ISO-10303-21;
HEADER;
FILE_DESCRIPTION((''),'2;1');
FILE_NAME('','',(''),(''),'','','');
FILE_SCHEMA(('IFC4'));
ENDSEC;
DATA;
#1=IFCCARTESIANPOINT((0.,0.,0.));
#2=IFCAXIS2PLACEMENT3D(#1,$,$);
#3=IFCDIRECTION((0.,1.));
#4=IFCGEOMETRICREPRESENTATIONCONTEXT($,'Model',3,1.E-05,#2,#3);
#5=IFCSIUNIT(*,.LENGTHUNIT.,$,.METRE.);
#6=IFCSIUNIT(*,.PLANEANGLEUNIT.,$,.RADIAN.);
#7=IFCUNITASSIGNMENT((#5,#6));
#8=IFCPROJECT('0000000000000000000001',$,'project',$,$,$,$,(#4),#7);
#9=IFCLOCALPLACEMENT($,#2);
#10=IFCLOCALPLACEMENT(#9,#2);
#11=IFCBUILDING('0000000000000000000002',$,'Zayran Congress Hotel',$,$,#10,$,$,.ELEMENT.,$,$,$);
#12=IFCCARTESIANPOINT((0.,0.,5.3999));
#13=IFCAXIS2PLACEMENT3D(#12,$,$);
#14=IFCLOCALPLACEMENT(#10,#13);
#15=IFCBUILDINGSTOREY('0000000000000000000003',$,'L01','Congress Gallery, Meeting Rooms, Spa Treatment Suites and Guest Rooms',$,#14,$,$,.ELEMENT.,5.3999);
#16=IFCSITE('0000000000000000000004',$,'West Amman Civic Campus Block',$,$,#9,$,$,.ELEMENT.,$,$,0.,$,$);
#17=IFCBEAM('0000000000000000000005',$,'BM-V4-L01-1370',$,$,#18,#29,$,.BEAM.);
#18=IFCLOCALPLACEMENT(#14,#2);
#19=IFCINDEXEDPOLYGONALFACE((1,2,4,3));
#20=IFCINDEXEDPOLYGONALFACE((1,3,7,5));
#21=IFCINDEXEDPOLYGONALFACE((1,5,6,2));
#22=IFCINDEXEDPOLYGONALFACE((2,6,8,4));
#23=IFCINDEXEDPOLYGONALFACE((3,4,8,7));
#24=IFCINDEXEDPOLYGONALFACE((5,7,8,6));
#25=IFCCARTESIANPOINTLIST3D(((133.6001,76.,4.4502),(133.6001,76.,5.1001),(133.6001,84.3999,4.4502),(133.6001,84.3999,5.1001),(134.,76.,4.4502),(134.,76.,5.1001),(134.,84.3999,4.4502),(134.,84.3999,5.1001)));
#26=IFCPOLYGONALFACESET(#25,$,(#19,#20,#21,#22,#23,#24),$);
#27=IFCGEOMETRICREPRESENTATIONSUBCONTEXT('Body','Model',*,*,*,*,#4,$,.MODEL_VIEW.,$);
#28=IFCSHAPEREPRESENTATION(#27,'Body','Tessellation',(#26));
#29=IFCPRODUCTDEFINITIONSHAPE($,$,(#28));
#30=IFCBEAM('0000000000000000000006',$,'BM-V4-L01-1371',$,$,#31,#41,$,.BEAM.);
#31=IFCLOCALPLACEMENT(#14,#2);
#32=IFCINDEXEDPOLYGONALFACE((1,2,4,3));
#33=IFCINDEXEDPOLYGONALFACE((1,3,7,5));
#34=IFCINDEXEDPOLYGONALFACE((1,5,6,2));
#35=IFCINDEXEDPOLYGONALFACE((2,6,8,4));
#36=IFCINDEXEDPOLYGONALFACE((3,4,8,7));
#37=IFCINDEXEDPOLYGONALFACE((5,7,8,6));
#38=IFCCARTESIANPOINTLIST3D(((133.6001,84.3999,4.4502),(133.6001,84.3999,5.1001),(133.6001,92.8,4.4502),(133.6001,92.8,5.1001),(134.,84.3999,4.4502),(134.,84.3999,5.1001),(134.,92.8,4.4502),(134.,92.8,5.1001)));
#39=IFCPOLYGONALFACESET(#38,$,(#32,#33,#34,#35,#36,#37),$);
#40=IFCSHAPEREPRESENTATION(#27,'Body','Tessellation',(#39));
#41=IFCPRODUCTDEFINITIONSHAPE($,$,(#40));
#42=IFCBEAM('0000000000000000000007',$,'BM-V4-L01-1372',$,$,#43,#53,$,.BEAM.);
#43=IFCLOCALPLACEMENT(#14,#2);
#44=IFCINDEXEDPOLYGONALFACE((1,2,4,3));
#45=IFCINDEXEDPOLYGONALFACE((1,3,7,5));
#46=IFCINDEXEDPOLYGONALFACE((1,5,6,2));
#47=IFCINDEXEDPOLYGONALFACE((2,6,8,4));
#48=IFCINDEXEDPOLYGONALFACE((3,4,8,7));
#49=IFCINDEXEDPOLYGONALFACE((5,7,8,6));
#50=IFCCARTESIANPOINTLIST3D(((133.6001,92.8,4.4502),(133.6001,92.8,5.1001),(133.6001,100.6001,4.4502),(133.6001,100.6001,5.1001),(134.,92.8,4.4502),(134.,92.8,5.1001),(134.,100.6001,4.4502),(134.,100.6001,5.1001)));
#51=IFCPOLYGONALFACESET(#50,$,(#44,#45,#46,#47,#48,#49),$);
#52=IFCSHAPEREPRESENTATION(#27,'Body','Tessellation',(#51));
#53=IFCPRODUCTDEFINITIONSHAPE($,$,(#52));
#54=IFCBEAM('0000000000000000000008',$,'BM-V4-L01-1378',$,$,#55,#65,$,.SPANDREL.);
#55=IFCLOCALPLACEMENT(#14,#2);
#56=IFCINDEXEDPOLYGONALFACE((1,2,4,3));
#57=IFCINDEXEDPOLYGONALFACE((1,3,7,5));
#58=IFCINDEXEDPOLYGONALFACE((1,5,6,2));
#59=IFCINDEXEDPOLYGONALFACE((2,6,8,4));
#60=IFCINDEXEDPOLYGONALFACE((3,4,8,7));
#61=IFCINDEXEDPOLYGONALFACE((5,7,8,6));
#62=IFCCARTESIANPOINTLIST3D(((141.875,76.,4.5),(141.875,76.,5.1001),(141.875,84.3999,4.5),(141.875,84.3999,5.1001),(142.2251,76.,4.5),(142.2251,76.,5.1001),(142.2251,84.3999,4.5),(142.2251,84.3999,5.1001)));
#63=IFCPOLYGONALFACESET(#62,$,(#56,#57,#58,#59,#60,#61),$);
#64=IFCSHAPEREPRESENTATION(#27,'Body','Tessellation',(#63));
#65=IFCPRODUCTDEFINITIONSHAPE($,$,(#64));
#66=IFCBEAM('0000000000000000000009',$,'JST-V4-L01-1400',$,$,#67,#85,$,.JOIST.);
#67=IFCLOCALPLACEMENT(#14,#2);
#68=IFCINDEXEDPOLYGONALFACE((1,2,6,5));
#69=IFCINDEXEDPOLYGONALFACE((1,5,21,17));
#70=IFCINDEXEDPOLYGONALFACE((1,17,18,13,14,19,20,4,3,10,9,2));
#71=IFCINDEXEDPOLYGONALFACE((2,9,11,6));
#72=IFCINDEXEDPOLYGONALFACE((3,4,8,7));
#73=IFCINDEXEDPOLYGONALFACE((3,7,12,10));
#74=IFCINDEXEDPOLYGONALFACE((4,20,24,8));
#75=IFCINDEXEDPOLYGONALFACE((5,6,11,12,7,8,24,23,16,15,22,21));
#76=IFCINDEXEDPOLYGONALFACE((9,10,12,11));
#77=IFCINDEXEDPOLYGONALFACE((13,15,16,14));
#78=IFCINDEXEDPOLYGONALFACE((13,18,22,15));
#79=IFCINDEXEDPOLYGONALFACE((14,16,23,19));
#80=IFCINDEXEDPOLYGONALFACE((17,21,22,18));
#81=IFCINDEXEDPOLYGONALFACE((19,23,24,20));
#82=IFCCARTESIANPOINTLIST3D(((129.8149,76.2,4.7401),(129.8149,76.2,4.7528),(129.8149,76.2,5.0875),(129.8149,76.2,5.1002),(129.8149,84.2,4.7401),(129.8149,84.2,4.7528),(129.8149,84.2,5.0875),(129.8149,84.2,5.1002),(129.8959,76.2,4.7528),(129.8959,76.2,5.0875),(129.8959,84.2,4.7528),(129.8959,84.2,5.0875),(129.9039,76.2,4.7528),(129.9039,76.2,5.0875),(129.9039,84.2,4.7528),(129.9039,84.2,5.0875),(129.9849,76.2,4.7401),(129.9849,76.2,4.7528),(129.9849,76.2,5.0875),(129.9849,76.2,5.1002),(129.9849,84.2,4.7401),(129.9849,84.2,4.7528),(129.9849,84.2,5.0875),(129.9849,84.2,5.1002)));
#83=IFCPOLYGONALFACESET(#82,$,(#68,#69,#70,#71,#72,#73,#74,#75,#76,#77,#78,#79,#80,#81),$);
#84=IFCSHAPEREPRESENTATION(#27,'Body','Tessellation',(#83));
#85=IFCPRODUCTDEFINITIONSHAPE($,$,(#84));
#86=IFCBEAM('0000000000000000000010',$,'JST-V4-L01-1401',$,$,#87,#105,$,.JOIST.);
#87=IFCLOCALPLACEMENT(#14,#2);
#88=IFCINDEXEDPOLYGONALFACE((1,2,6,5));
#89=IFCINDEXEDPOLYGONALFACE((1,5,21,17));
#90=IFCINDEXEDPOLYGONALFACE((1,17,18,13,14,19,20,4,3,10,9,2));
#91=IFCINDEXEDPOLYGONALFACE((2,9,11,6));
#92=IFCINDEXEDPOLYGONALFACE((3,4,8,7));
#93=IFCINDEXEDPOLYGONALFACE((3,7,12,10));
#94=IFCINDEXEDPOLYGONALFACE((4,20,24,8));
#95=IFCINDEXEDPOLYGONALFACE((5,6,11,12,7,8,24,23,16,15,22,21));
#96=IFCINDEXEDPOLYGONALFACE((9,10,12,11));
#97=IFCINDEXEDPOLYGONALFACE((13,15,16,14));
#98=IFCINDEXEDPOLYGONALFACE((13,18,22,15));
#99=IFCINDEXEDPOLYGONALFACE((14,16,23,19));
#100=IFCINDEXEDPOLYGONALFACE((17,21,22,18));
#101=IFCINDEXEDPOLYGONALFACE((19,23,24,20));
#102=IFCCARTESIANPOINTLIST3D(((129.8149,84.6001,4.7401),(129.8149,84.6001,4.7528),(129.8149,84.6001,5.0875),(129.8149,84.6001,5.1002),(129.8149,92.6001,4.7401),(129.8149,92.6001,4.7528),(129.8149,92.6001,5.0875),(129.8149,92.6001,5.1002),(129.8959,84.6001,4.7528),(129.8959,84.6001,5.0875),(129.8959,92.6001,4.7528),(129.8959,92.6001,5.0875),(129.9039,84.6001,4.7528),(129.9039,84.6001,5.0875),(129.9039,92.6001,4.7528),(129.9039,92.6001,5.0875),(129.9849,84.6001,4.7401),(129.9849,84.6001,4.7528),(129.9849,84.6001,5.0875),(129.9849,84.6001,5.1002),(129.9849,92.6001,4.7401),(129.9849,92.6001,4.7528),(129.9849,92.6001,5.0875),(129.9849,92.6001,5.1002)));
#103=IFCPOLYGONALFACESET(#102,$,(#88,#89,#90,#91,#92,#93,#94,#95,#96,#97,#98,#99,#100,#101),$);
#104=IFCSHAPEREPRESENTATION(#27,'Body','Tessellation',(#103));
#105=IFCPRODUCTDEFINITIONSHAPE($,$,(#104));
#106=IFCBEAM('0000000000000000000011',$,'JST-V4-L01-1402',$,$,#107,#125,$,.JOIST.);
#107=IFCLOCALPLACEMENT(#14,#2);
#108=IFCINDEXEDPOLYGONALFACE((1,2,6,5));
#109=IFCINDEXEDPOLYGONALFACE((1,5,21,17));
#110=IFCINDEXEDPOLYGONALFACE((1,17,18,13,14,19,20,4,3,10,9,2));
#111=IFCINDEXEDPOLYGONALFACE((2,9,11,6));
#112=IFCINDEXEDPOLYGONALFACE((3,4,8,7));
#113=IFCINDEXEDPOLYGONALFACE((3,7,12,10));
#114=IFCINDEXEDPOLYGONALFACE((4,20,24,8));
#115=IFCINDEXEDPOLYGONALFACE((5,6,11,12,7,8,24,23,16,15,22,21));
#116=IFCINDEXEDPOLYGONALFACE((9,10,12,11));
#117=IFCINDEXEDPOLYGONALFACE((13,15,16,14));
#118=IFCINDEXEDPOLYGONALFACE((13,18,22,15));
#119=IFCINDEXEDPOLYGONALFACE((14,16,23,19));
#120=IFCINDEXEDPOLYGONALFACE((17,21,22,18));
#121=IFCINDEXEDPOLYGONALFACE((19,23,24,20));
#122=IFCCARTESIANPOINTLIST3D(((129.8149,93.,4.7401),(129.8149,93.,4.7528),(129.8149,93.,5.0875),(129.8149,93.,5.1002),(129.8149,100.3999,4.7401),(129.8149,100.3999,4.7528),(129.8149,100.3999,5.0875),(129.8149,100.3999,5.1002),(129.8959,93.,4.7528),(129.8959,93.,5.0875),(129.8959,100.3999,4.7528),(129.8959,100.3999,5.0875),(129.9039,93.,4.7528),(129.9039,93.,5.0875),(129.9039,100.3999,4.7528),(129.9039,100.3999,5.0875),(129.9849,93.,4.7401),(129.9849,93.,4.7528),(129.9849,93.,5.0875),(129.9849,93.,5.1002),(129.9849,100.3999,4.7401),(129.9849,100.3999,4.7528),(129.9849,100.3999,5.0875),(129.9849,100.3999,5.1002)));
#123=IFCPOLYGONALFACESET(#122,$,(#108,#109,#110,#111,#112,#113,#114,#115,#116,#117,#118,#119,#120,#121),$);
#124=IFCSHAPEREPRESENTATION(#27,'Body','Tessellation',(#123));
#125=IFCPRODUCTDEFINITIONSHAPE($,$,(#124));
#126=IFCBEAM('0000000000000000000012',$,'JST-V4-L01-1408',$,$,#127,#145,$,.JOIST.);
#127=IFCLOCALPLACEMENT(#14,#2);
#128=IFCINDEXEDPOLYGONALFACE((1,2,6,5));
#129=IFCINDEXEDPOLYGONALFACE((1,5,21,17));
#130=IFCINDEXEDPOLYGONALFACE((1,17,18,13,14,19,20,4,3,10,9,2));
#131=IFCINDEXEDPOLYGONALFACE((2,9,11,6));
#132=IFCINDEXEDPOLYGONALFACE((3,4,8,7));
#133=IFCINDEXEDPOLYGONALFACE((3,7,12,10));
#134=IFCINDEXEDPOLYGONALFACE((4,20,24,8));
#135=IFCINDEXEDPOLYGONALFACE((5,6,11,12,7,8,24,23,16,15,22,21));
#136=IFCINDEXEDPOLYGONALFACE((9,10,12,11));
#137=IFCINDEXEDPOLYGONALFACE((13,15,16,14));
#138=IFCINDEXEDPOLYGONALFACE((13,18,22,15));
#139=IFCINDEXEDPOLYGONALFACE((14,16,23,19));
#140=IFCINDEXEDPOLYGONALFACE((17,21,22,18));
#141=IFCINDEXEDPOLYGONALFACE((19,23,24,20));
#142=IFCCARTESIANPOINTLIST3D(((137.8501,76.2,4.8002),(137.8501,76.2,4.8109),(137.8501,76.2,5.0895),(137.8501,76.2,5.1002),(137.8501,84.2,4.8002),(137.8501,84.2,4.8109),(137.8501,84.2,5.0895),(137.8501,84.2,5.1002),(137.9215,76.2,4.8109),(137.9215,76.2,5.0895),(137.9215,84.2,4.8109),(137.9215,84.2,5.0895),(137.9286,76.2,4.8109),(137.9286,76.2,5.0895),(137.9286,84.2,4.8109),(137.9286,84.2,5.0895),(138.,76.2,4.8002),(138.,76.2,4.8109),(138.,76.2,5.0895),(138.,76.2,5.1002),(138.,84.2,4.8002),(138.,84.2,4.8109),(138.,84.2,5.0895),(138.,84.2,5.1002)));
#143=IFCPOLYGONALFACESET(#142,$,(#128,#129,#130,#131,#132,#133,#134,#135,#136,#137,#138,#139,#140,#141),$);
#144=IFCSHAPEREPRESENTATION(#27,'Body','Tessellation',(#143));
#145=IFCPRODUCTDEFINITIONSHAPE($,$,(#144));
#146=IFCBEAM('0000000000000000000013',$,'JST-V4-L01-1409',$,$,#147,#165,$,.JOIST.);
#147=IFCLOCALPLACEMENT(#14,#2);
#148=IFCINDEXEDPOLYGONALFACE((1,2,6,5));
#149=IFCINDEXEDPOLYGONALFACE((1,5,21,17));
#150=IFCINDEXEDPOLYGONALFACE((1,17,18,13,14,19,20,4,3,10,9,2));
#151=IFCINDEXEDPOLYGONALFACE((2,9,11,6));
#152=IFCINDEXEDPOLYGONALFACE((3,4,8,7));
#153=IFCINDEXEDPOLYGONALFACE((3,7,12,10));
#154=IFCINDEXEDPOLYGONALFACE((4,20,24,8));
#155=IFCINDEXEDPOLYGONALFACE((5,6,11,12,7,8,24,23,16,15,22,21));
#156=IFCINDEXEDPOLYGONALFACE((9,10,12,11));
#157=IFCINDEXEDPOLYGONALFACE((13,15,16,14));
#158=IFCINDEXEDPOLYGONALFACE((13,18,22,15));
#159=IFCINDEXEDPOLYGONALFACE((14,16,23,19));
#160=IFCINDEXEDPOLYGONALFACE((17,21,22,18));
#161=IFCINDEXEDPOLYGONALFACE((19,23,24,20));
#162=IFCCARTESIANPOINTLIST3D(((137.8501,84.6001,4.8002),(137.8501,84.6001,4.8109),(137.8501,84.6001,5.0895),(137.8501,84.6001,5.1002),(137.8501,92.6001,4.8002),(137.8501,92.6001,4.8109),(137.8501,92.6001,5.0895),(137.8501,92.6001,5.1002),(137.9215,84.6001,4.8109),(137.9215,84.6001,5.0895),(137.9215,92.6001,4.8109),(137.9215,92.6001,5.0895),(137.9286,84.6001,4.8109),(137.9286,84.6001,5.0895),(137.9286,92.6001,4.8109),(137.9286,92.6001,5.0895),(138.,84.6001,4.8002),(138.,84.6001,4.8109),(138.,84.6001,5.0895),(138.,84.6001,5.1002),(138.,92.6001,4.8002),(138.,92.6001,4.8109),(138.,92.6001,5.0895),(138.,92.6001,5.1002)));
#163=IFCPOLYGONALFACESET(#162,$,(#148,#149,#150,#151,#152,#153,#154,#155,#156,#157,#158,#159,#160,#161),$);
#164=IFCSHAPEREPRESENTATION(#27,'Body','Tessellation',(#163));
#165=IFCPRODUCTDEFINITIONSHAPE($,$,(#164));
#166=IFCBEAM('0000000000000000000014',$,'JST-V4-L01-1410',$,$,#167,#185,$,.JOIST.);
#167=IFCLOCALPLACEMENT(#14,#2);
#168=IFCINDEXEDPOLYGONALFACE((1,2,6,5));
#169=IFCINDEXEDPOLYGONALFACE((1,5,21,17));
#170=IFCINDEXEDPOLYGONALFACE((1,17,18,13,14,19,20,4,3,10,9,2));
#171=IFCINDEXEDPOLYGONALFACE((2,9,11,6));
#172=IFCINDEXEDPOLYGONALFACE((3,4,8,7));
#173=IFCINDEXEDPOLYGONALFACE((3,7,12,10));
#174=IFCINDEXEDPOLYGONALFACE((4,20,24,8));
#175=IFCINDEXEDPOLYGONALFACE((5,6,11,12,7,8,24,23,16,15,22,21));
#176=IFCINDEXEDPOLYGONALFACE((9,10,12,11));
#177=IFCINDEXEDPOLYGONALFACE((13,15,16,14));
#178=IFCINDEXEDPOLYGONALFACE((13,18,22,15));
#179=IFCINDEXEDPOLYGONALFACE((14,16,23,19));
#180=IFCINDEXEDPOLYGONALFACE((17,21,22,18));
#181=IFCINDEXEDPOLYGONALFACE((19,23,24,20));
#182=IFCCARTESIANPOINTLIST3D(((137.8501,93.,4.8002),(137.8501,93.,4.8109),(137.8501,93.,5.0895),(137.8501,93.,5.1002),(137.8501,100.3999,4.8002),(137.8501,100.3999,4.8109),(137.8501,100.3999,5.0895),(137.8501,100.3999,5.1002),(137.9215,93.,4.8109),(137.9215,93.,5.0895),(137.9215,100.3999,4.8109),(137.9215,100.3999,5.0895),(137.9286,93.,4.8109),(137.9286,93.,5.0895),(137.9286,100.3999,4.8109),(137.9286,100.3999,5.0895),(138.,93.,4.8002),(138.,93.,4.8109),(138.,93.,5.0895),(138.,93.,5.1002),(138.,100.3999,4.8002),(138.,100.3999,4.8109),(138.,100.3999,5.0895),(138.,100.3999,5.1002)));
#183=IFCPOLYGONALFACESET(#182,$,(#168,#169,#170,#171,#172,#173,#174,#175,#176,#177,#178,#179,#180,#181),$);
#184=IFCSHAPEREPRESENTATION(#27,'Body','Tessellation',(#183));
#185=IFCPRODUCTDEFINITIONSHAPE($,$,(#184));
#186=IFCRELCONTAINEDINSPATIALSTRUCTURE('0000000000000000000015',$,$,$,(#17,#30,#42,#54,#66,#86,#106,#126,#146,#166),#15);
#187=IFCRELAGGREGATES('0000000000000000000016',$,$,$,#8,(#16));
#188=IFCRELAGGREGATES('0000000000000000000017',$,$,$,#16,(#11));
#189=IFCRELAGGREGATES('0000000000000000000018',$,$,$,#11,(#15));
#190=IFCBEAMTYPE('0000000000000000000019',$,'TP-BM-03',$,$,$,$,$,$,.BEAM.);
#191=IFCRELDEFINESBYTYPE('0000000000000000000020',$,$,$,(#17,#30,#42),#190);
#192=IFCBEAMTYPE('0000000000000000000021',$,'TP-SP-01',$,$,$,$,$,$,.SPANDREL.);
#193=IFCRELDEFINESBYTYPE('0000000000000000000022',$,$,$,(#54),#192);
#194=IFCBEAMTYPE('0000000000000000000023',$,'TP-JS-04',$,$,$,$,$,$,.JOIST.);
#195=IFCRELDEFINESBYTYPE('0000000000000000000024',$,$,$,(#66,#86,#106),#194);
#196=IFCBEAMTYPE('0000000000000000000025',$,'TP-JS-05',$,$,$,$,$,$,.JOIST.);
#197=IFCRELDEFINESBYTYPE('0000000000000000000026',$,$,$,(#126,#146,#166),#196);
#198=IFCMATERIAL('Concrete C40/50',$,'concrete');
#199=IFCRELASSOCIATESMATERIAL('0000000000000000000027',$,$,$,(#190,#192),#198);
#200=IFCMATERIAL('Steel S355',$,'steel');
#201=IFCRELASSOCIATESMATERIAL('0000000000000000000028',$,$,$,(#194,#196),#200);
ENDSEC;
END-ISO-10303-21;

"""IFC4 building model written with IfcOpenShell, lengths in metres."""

from ifc_helpers import new_model, si_unit, direction, frame, origin, origin_2d, place, context, subcontext, project, spatial, rectangle, i_section, extrude, material, material_profile, profile_set, type_object, element, save


model = new_model("IFC4")

# Units and contexts
model_context = context("Model", 3, precision=1e-05, world=origin(), true_north=direction((0.0, 1.0)))
body_context = subcontext(model_context, "Body", "Model", "MODEL_VIEW")
ifc_project = project(units=[si_unit("LENGTHUNIT", "METRE"), si_unit("PLANEANGLEUNIT", "RADIAN")], contexts=[model_context])

# Site, building, storey
site_placement = place(None, origin())
site = spatial("IfcSite", under=ifc_project, at=site_placement, Name="West Amman Civic Campus Block", CompositionType="ELEMENT", RefElevation=0.0)
building_placement = place(site_placement, origin())
building = spatial("IfcBuilding", under=site, at=building_placement, Name="Zayran Congress Hotel", CompositionType="ELEMENT")
storey_placement = place(building_placement, frame((0.0, 0.0, 5.3999)))
storey = spatial("IfcBuildingStorey", under=building, at=storey_placement, Name="L01", Description="Congress Gallery, Meeting Rooms, Spa Treatment Suites and Guest Rooms", CompositionType="ELEMENT", Elevation=5.3999)

# Shared definitions
ifc_material_1 = material(Name="Concrete C40/50", Category="concrete")

# Beams
ifc_material_profile_1 = material_profile(ifc_material_1, rectangle(XDim=0.3999, YDim=0.6499, at=origin_2d()), Name="RC 400x650")
ifc_profile_set_1 = profile_set([ifc_material_profile_1], Name="Concrete C40/50")
beam_type_1 = type_object("IfcBeamType", Name="TP-BM-03", PredefinedType="BEAM", material=ifc_profile_set_1)
beam_1_placement = place(storey_placement, frame((133.8, 76.0, 4.7751), z_axis=(0.0, 1.0, 0.0), x_axis=(-1.0, 0.0, 0.0)))
element("IfcBeam", 1, at=beam_1_placement, inside=storey, type_object=beam_type_1, Name="BM-V4-L01-1370", PredefinedType="BEAM", context=body_context, shape_type="SweptSolid", body=[
    extrude(rectangle(XDim=0.3999, YDim=0.6499, at=origin_2d()), origin(), (0.0, 0.0, 1.0), 8.3999),
])
beam_2_placement = place(storey_placement, frame((133.8, 84.3999, 4.7751), z_axis=(0.0, 1.0, 0.0), x_axis=(-1.0, 0.0, 0.0)))
element("IfcBeam", 2, at=beam_2_placement, inside=storey, type_object=beam_type_1, Name="BM-V4-L01-1371", PredefinedType="BEAM", context=body_context, shape_type="SweptSolid", body=[
    extrude(rectangle(XDim=0.3999, YDim=0.6499, at=origin_2d()), origin(), (0.0, 0.0, 1.0), 8.4001),
])
beam_3_placement = place(storey_placement, frame((133.8, 92.8, 4.7751), z_axis=(0.0, 1.0, 0.0), x_axis=(-1.0, 0.0, 0.0)))
element("IfcBeam", 3, at=beam_3_placement, inside=storey, type_object=beam_type_1, Name="BM-V4-L01-1372", PredefinedType="BEAM", context=body_context, shape_type="SweptSolid", body=[
    extrude(rectangle(XDim=0.3999, YDim=0.6499, at=origin_2d()), origin(), (0.0, 0.0, 1.0), 7.8),
])
ifc_material_profile_2 = material_profile(ifc_material_1, rectangle(XDim=0.3501, YDim=0.6001, at=origin_2d()), Name="RC 350x600")
ifc_profile_set_2 = profile_set([ifc_material_profile_2], Name="Concrete C40/50")
beam_type_2 = type_object("IfcBeamType", Name="TP-SP-01", PredefinedType="SPANDREL", material=ifc_profile_set_2)
beam_4_placement = place(storey_placement, frame((142.05, 76.0, 4.8), z_axis=(0.0, 1.0, 0.0), x_axis=(-1.0, 0.0, 0.0)))
element("IfcBeam", 4, at=beam_4_placement, inside=storey, type_object=beam_type_2, Name="BM-V4-L01-1378", PredefinedType="SPANDREL", context=body_context, shape_type="SweptSolid", body=[
    extrude(rectangle(XDim=0.3501, YDim=0.6001, at=origin_2d()), origin(), (0.0, 0.0, 1.0), 8.3999),
])
ifc_material_2 = material(Name="Steel S355", Category="steel")
ifc_material_profile_3 = material_profile(ifc_material_2, i_section(OverallWidth=0.1699, OverallDepth=0.3601, WebThickness=0.0081, FlangeThickness=0.0127, at=origin_2d()), Name="IPE 360")
ifc_profile_set_3 = profile_set([ifc_material_profile_3], Name="Steel S355")
beam_type_3 = type_object("IfcBeamType", Name="TP-JS-04", PredefinedType="JOIST", material=ifc_profile_set_3)
for number, where, z_axis, x_axis, name in (
    (5, (129.8999, 76.2, 4.9202), (0.0, 1.0, 0.0), (-1.0, 0.0, 0.0), "JST-V4-L01-1400"),
    (6, (129.8999, 84.6001, 4.9202), (0.0, 1.0, 0.0), (-1.0, 0.0, 0.0), "JST-V4-L01-1401"),
):
    element("IfcBeam", number, at=place(storey_placement, frame(where, z_axis=z_axis, x_axis=x_axis)), inside=storey, type_object=beam_type_3, Name=name, PredefinedType="JOIST", context=body_context, shape_type="SweptSolid", body=[
        extrude(i_section(OverallWidth=0.1699, OverallDepth=0.3601, WebThickness=0.0081, FlangeThickness=0.0127, at=origin_2d()), origin(), (0.0, 0.0, 1.0), 8.0),
    ])
beam_5_placement = place(storey_placement, frame((129.8999, 93.0, 4.9202), z_axis=(0.0, 1.0, 0.0), x_axis=(-1.0, 0.0, 0.0)))
element("IfcBeam", 7, at=beam_5_placement, inside=storey, type_object=beam_type_3, Name="JST-V4-L01-1402", PredefinedType="JOIST", context=body_context, shape_type="SweptSolid", body=[
    extrude(i_section(OverallWidth=0.1699, OverallDepth=0.3601, WebThickness=0.0081, FlangeThickness=0.0127, at=origin_2d()), origin(), (0.0, 0.0, 1.0), 7.3999),
])
ifc_material_profile_4 = material_profile(ifc_material_2, i_section(OverallWidth=0.1499, OverallDepth=0.3, WebThickness=0.0071, FlangeThickness=0.0107, at=origin_2d()), Name="IPE 300")
ifc_profile_set_4 = profile_set([ifc_material_profile_4], Name="Steel S355")
beam_type_4 = type_object("IfcBeamType", Name="TP-JS-05", PredefinedType="JOIST", material=ifc_profile_set_4)
for number, where, z_axis, x_axis, name in (
    (8, (137.925, 76.2, 4.9502), (0.0, 1.0, 0.0), (-1.0, 0.0, 0.0), "JST-V4-L01-1408"),
    (9, (137.925, 84.6001, 4.9502), (0.0, 1.0, 0.0), (-1.0, 0.0, 0.0), "JST-V4-L01-1409"),
):
    element("IfcBeam", number, at=place(storey_placement, frame(where, z_axis=z_axis, x_axis=x_axis)), inside=storey, type_object=beam_type_4, Name=name, PredefinedType="JOIST", context=body_context, shape_type="SweptSolid", body=[
        extrude(i_section(OverallWidth=0.1499, OverallDepth=0.3, WebThickness=0.0071, FlangeThickness=0.0107, at=origin_2d()), origin(), (0.0, 0.0, 1.0), 8.0),
    ])
beam_6_placement = place(storey_placement, frame((137.925, 93.0, 4.9502), z_axis=(0.0, 1.0, 0.0), x_axis=(-1.0, 0.0, 0.0)))
element("IfcBeam", 10, at=beam_6_placement, inside=storey, type_object=beam_type_4, Name="JST-V4-L01-1410", PredefinedType="JOIST", context=body_context, shape_type="SweptSolid", body=[
    extrude(i_section(OverallWidth=0.1499, OverallDepth=0.3, WebThickness=0.0071, FlangeThickness=0.0107, at=origin_2d()), origin(), (0.0, 0.0, 1.0), 7.3999),
])

save(model, "model.ifc")
